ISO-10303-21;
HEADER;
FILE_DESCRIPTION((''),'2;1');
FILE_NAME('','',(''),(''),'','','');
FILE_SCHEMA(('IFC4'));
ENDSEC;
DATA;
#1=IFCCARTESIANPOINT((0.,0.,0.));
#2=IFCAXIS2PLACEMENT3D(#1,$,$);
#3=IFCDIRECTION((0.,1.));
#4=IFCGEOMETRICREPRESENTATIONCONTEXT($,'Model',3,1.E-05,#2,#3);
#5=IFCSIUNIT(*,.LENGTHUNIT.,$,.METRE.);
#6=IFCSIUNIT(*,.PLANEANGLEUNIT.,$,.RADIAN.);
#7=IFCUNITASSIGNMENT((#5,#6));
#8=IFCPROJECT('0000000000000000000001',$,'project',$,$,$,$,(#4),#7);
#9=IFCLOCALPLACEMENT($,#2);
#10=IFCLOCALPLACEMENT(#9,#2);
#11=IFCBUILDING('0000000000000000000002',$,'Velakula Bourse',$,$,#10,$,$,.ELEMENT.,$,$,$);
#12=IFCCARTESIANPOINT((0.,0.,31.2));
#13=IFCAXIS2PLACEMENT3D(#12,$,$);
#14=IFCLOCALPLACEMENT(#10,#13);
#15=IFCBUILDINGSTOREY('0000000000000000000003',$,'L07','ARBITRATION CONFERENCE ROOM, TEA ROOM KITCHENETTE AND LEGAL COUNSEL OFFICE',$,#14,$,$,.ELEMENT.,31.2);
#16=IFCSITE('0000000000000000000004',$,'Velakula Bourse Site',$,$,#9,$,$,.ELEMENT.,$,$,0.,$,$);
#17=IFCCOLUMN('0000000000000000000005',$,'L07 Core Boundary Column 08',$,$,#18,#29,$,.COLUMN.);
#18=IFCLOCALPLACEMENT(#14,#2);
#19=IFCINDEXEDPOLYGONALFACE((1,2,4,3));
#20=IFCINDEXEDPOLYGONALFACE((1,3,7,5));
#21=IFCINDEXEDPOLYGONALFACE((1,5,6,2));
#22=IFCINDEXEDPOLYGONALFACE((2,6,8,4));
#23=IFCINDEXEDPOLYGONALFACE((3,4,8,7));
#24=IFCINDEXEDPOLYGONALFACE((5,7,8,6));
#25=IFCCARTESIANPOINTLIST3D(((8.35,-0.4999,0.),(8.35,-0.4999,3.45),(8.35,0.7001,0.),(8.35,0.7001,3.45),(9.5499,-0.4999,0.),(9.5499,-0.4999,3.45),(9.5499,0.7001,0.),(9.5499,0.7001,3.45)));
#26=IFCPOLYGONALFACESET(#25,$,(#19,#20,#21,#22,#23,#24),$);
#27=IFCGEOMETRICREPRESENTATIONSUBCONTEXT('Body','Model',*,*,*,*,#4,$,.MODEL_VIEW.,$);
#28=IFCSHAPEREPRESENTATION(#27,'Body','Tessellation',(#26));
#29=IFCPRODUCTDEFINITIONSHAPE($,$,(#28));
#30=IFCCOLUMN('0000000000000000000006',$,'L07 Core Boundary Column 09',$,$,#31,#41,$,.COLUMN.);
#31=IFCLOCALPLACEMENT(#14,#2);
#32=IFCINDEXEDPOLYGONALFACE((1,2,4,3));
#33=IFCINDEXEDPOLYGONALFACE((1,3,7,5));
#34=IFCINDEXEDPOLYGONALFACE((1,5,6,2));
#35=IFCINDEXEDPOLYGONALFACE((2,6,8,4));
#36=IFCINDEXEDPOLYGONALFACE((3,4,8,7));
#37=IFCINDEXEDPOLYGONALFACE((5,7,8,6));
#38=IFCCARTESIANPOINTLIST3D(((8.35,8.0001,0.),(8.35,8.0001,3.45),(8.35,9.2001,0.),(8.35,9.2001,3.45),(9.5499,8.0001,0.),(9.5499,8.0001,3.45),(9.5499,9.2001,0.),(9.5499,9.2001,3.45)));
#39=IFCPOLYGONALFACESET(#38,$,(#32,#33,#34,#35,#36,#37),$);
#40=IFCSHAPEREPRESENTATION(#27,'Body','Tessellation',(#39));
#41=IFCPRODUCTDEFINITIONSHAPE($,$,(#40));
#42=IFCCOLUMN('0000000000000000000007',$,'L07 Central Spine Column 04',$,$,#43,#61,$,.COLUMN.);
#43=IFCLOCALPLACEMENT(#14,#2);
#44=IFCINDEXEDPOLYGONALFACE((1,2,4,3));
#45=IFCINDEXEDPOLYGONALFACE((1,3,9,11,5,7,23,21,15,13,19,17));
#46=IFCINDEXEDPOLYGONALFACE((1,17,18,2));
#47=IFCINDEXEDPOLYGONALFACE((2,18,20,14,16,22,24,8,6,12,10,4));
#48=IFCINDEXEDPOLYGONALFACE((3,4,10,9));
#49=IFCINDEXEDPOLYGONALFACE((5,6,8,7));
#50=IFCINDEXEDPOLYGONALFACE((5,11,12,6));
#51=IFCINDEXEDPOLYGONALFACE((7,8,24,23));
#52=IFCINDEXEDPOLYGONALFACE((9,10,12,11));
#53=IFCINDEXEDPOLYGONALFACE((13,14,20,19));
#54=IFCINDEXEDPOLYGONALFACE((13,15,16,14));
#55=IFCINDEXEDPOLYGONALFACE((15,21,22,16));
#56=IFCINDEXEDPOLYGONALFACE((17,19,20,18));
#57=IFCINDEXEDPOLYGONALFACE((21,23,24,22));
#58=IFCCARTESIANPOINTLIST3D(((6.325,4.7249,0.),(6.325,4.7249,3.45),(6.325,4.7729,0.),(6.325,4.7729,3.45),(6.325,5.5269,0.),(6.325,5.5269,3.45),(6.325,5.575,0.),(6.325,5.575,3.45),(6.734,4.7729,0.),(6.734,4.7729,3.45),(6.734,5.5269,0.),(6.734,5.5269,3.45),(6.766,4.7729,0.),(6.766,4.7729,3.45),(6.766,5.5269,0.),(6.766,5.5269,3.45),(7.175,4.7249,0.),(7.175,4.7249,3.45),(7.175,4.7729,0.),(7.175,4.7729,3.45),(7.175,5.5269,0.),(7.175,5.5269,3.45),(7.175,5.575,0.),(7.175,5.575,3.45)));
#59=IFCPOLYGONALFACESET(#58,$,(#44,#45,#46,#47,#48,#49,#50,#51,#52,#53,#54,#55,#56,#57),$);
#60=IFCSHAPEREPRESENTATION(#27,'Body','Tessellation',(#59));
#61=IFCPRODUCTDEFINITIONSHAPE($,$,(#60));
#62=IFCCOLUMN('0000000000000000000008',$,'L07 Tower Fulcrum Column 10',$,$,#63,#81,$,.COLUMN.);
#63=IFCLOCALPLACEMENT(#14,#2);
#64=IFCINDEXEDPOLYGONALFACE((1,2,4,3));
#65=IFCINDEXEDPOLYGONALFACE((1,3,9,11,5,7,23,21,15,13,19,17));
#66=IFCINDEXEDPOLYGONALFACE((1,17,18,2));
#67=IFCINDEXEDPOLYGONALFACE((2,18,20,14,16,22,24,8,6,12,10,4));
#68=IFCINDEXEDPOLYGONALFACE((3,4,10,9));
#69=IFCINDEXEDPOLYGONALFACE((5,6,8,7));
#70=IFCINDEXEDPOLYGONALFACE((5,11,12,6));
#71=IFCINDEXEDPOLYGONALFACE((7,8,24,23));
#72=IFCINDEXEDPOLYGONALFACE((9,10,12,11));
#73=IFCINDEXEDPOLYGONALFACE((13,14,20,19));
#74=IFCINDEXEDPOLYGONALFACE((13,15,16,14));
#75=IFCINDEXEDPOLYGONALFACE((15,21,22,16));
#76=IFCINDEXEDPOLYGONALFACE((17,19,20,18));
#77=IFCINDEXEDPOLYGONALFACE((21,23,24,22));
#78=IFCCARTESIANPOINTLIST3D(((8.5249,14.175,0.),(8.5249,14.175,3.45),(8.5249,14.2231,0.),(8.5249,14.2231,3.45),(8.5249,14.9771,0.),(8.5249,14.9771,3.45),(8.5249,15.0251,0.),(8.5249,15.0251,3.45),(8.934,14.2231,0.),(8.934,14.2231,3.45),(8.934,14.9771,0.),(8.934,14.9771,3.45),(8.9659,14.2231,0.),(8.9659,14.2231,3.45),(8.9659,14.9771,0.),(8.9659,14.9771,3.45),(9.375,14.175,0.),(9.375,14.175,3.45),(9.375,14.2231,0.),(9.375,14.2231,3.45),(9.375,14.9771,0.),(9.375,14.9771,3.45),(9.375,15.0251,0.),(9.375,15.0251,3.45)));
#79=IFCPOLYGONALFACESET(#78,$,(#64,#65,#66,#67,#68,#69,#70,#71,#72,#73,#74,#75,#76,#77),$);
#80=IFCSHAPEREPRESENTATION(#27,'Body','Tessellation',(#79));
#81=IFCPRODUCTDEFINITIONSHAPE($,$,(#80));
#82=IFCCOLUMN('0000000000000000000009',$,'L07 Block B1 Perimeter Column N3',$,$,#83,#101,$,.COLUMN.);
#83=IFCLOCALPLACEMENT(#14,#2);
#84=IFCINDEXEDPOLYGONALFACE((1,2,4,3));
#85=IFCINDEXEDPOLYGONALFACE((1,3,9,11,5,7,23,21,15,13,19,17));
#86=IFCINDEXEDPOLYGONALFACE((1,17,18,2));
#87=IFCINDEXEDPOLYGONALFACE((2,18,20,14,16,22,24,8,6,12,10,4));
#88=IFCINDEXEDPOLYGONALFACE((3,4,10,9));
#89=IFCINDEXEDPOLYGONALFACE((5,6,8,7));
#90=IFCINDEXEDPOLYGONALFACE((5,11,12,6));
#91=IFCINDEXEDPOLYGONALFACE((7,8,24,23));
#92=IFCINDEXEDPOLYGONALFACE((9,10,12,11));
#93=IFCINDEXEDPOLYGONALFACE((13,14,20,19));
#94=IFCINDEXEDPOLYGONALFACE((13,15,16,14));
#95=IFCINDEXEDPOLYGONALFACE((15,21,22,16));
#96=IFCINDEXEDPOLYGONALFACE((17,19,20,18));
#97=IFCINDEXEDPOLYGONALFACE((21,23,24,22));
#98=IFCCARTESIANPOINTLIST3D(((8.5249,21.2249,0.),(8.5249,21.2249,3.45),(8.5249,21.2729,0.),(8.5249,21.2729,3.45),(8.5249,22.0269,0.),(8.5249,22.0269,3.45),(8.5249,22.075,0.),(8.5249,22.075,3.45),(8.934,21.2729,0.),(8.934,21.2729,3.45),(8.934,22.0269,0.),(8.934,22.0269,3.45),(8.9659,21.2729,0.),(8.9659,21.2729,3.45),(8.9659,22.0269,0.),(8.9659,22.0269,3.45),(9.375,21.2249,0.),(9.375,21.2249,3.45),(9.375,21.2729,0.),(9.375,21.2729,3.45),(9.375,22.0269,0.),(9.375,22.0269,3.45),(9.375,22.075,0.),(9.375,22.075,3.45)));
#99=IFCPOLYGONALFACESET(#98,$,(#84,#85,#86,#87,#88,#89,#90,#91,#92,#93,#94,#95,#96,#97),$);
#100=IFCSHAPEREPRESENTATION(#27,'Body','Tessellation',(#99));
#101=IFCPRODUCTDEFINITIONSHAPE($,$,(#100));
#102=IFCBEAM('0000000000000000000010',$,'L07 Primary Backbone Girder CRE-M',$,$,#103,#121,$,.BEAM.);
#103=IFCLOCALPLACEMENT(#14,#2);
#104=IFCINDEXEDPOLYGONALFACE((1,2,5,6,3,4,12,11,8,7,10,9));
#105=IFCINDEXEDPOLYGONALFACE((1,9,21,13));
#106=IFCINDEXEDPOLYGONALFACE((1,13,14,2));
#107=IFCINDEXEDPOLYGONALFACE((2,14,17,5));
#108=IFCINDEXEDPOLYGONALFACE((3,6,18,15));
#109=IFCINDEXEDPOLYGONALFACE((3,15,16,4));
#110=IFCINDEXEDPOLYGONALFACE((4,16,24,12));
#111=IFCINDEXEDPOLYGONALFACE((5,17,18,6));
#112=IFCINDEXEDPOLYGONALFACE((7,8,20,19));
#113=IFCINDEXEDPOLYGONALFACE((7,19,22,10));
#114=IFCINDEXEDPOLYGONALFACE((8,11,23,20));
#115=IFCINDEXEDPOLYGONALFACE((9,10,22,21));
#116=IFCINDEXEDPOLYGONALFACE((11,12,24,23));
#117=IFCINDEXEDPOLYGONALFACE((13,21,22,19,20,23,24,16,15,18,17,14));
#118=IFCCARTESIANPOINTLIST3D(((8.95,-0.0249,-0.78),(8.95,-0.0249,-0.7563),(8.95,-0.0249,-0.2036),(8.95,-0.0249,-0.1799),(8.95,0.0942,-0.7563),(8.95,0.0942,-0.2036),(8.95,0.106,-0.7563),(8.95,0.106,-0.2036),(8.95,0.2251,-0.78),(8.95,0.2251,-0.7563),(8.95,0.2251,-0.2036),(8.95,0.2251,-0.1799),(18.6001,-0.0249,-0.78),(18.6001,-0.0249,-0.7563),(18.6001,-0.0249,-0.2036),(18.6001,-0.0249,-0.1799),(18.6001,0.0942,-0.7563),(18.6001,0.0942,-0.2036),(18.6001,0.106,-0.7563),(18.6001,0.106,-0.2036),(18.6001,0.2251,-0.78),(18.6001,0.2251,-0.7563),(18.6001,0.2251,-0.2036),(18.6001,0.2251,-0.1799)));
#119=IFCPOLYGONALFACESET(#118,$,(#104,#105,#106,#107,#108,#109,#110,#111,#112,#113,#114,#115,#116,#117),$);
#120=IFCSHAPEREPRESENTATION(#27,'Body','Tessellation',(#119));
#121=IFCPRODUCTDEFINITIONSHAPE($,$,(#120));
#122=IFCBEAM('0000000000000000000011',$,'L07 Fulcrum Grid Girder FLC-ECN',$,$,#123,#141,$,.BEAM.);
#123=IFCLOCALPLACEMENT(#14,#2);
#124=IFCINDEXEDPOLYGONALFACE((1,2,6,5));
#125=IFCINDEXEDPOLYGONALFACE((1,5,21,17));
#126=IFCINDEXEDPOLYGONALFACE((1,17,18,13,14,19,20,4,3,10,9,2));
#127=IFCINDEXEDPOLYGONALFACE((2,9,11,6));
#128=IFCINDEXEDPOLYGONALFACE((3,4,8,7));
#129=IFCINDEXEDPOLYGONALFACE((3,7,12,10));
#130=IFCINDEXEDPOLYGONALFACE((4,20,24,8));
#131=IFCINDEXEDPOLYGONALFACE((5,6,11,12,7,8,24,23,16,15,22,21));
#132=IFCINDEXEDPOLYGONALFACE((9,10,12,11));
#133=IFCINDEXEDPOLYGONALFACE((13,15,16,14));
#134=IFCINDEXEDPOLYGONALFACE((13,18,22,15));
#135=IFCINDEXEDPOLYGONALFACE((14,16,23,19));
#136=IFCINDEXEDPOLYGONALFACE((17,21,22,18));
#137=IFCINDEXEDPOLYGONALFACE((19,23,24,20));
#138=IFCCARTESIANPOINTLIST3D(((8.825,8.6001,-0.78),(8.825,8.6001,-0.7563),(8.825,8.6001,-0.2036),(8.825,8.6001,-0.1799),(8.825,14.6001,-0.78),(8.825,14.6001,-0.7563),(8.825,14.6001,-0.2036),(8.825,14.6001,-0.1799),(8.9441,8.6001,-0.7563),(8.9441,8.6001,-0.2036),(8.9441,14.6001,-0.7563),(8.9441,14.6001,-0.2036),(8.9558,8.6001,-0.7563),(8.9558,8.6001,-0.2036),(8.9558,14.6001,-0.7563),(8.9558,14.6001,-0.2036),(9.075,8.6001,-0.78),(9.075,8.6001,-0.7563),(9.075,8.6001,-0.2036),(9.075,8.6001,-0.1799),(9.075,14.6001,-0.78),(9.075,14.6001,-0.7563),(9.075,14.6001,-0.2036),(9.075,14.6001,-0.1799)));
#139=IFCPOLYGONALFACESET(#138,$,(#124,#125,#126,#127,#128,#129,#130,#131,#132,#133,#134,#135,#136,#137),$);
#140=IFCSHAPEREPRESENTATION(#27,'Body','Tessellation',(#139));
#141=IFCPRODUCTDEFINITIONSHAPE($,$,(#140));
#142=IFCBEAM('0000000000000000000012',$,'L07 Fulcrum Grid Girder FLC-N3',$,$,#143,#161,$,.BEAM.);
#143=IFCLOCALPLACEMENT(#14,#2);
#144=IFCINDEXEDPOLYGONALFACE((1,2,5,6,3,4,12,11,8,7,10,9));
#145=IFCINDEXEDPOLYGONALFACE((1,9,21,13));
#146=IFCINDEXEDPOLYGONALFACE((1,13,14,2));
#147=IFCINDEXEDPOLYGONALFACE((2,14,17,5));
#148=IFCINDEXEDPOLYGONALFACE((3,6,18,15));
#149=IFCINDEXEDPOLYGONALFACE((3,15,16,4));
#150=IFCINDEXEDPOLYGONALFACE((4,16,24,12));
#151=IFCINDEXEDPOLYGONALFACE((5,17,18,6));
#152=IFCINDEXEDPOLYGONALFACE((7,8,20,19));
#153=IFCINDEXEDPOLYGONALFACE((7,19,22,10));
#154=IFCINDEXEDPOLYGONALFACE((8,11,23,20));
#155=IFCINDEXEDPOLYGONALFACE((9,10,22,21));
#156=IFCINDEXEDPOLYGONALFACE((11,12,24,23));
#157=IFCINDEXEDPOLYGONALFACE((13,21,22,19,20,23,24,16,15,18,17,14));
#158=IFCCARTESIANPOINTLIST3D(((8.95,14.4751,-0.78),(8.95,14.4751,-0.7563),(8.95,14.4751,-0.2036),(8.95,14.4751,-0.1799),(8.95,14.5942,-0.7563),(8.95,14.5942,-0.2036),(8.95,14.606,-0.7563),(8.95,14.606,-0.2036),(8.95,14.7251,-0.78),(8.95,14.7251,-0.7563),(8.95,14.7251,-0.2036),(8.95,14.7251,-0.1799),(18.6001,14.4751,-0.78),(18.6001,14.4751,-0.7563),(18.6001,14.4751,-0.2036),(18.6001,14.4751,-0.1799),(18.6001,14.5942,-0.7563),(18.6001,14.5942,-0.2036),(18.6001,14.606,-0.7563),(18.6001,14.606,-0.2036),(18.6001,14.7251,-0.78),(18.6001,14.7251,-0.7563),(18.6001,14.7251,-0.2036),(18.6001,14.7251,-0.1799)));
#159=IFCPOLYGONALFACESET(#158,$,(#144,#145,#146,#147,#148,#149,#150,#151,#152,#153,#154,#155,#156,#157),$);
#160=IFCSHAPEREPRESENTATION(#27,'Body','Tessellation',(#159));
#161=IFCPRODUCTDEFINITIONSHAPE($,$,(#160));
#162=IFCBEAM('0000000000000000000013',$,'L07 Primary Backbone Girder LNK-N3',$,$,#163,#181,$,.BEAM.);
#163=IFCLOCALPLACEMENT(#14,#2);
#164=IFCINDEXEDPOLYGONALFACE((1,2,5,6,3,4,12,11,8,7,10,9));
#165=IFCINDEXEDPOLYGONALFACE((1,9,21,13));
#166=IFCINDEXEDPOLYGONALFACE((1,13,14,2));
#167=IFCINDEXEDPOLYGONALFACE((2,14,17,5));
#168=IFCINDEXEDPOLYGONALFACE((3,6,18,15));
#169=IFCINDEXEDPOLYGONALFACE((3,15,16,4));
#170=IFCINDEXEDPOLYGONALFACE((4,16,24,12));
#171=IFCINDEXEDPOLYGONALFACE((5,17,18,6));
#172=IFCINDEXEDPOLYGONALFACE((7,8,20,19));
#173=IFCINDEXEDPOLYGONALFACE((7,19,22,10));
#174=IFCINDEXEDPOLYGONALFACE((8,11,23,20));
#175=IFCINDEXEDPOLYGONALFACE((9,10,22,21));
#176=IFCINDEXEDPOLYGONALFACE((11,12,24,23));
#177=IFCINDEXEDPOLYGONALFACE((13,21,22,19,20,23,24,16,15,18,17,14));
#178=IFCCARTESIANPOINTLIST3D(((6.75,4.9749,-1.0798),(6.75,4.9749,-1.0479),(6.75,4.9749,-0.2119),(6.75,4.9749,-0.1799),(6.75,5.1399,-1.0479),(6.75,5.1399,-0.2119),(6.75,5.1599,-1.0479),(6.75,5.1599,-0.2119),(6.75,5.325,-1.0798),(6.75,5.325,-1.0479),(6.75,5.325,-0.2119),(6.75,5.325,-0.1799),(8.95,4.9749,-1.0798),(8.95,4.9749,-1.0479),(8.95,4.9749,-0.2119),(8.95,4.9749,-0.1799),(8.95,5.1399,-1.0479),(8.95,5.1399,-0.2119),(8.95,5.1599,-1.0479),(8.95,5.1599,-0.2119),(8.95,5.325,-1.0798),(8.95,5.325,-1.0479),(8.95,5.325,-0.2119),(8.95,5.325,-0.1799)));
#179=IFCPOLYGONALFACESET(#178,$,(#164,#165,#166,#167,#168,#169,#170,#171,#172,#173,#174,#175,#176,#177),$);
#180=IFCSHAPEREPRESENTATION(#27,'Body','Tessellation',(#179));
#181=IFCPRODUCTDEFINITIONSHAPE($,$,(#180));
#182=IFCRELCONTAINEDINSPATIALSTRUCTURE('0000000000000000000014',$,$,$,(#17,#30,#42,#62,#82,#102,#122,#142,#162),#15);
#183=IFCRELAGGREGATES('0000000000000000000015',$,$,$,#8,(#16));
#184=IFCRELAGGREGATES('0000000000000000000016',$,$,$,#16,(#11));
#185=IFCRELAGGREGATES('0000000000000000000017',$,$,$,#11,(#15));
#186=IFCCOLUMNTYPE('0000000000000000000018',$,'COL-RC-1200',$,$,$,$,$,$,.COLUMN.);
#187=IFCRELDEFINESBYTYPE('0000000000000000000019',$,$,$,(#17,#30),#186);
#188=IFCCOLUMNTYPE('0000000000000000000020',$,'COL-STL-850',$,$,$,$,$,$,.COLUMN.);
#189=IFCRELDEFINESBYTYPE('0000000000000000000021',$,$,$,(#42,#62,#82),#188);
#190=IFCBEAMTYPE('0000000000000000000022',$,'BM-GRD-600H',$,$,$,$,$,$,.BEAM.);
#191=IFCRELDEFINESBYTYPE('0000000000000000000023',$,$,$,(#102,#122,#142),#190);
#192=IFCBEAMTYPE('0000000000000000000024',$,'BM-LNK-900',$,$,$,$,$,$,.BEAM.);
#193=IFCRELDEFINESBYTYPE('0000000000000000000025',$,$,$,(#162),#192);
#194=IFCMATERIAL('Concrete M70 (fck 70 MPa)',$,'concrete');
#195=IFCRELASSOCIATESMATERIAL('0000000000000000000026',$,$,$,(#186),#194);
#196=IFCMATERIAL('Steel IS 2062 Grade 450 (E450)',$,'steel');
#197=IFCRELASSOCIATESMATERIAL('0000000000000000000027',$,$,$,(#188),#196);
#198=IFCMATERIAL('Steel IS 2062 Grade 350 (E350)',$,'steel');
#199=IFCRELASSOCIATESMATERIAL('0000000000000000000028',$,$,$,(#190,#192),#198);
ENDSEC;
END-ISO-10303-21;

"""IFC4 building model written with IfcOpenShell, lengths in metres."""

from ifc_helpers import new_model, si_unit, direction, frame, origin, origin_2d, place, context, subcontext, project, spatial, rectangle, i_section, extrude, material, material_profile, profile_set, type_object, element, save


model = new_model("IFC4")

# Units and contexts
model_context = context("Model", 3, precision=1e-05, world=origin(), true_north=direction((0.0, 1.0)))
body_context = subcontext(model_context, "Body", "Model", "MODEL_VIEW")
ifc_project = project(units=[si_unit("LENGTHUNIT", "METRE"), si_unit("PLANEANGLEUNIT", "RADIAN")], contexts=[model_context])

# Site, building, storey
site_placement = place(None, origin())
site = spatial("IfcSite", under=ifc_project, at=site_placement, Name="Velakula Bourse Site", CompositionType="ELEMENT", RefElevation=0.0)
building_placement = place(site_placement, origin())
building = spatial("IfcBuilding", under=site, at=building_placement, Name="Velakula Bourse", CompositionType="ELEMENT")
storey_placement = place(building_placement, frame((0.0, 0.0, 31.2)))
storey = spatial("IfcBuildingStorey", under=building, at=storey_placement, Name="L07", Description="ARBITRATION CONFERENCE ROOM, TEA ROOM KITCHENETTE AND LEGAL COUNSEL OFFICE", CompositionType="ELEMENT", Elevation=31.2)

# Columns
ifc_material_1 = material(Name="Concrete M70 (fck 70 MPa)", Category="concrete")
ifc_material_profile_1 = material_profile(ifc_material_1, rectangle(XDim=1.2, YDim=1.2, at=origin_2d()), Name="Concrete M70 (fck 70 MPa)")
ifc_profile_set_1 = profile_set([ifc_material_profile_1], Name="Concrete M70 (fck 70 MPa)")
column_type_1 = type_object("IfcColumnType", Name="COL-RC-1200", PredefinedType="COLUMN", material=ifc_profile_set_1)
for number, where, z_axis, x_axis, name in (
    (1, (8.95, 0.1001, 0.0), (0.0, 0.0, 1.0), (1.0, 0.0, 0.0), "L07 Core Boundary Column 08"),
    (2, (8.95, 8.6001, 0.0), (0.0, 0.0, 1.0), (1.0, 0.0, 0.0), "L07 Core Boundary Column 09"),
):
    element("IfcColumn", number, at=place(storey_placement, frame(where, z_axis=z_axis, x_axis=x_axis)), inside=storey, type_object=column_type_1, Name=name, PredefinedType="COLUMN", context=body_context, shape_type="SweptSolid", body=[
        extrude(rectangle(XDim=1.2, YDim=1.2, at=origin_2d()), origin(), (0.0, 0.0, 1.0), 3.45),
    ])
ifc_material_2 = material(Name="Steel IS 2062 Grade 450 (E450)", Category="steel")
ifc_material_profile_2 = material_profile(ifc_material_2, i_section(OverallWidth=0.8501, OverallDepth=0.8501, WebThickness=0.032, FlangeThickness=0.0481, at=origin_2d()), Name="Steel IS 2062 Grade 450 (E450)")
ifc_profile_set_2 = profile_set([ifc_material_profile_2], Name="Steel IS 2062 Grade 450 (E450)")
column_type_2 = type_object("IfcColumnType", Name="COL-STL-850", PredefinedType="COLUMN", material=ifc_profile_set_2)
for number, where, z_axis, x_axis, name in (
    (3, (6.75, 5.1499, 0.0), (0.0, 0.0, 1.0), (1.0, 0.0, 0.0), "L07 Central Spine Column 04"),
    (4, (8.95, 14.6001, 0.0), (0.0, 0.0, 1.0), (1.0, 0.0, 0.0), "L07 Tower Fulcrum Column 10"),
    (5, (8.95, 21.6499, 0.0), (0.0, 0.0, 1.0), (1.0, 0.0, 0.0), "L07 Block B1 Perimeter Column N3"),
):
    element("IfcColumn", number, at=place(storey_placement, frame(where, z_axis=z_axis, x_axis=x_axis)), inside=storey, type_object=column_type_2, Name=name, PredefinedType="COLUMN", context=body_context, shape_type="SweptSolid", body=[
        extrude(i_section(OverallWidth=0.8501, OverallDepth=0.8501, WebThickness=0.032, FlangeThickness=0.0481, at=origin_2d()), origin(), (0.0, 0.0, 1.0), 3.45),
    ])

# Beams
ifc_material_3 = material(Name="Steel IS 2062 Grade 350 (E350)", Category="steel")
ifc_material_profile_3 = material_profile(ifc_material_3, i_section(OverallWidth=0.25, OverallDepth=0.6001, WebThickness=0.0117, FlangeThickness=0.0237, at=origin_2d()), Name="Steel IS 2062 Grade 350 (E350)")
ifc_profile_set_3 = profile_set([ifc_material_profile_3], Name="Steel IS 2062 Grade 350 (E350)")
beam_type_1 = type_object("IfcBeamType", Name="BM-GRD-600H", PredefinedType="BEAM", material=ifc_profile_set_3)
beam_1_placement = place(storey_placement, frame((8.95, 0.1001, -0.48), z_axis=(1.0, 0.0, 0.0), x_axis=(0.0, 1.0, 0.0)))
element("IfcBeam", 6, at=beam_1_placement, inside=storey, type_object=beam_type_1, Name="L07 Primary Backbone Girder CRE-M", PredefinedType="BEAM", context=body_context, shape_type="SweptSolid", body=[
    extrude(i_section(OverallWidth=0.25, OverallDepth=0.6001, WebThickness=0.0117, FlangeThickness=0.0237, at=origin_2d()), origin(), (0.0, 0.0, 1.0), 9.6501),
])
beam_2_placement = place(storey_placement, frame((8.95, 8.6001, -0.48), z_axis=(0.0, 1.0, 0.0), x_axis=(-1.0, 0.0, 0.0)))
element("IfcBeam", 7, at=beam_2_placement, inside=storey, type_object=beam_type_1, Name="L07 Fulcrum Grid Girder FLC-ECN", PredefinedType="BEAM", context=body_context, shape_type="SweptSolid", body=[
    extrude(i_section(OverallWidth=0.25, OverallDepth=0.6001, WebThickness=0.0117, FlangeThickness=0.0237, at=origin_2d()), origin(), (0.0, 0.0, 1.0), 6.0),
])
beam_3_placement = place(storey_placement, frame((8.95, 14.6001, -0.48), z_axis=(1.0, 0.0, 0.0), x_axis=(0.0, 1.0, 0.0)))
element("IfcBeam", 8, at=beam_3_placement, inside=storey, type_object=beam_type_1, Name="L07 Fulcrum Grid Girder FLC-N3", PredefinedType="BEAM", context=body_context, shape_type="SweptSolid", body=[
    extrude(i_section(OverallWidth=0.25, OverallDepth=0.6001, WebThickness=0.0117, FlangeThickness=0.0237, at=origin_2d()), origin(), (0.0, 0.0, 1.0), 9.6501),
])
ifc_material_profile_4 = material_profile(ifc_material_3, i_section(OverallWidth=0.3501, OverallDepth=0.8999, WebThickness=0.02, FlangeThickness=0.032, at=origin_2d()), Name="Steel IS 2062 Grade 350 (E350)")
ifc_profile_set_4 = profile_set([ifc_material_profile_4], Name="Steel IS 2062 Grade 350 (E350)")
beam_type_2 = type_object("IfcBeamType", Name="BM-LNK-900", PredefinedType="BEAM", material=ifc_profile_set_4)
beam_4_placement = place(storey_placement, frame((6.75, 5.1499, -0.6299), z_axis=(1.0, 0.0, 0.0), x_axis=(0.0, 1.0, 0.0)))
element("IfcBeam", 9, at=beam_4_placement, inside=storey, type_object=beam_type_2, Name="L07 Primary Backbone Girder LNK-N3", PredefinedType="BEAM", context=body_context, shape_type="SweptSolid", body=[
    extrude(i_section(OverallWidth=0.3501, OverallDepth=0.8999, WebThickness=0.02, FlangeThickness=0.032, at=origin_2d()), origin(), (0.0, 0.0, 1.0), 2.2),
])

save(model, "model.ifc")
